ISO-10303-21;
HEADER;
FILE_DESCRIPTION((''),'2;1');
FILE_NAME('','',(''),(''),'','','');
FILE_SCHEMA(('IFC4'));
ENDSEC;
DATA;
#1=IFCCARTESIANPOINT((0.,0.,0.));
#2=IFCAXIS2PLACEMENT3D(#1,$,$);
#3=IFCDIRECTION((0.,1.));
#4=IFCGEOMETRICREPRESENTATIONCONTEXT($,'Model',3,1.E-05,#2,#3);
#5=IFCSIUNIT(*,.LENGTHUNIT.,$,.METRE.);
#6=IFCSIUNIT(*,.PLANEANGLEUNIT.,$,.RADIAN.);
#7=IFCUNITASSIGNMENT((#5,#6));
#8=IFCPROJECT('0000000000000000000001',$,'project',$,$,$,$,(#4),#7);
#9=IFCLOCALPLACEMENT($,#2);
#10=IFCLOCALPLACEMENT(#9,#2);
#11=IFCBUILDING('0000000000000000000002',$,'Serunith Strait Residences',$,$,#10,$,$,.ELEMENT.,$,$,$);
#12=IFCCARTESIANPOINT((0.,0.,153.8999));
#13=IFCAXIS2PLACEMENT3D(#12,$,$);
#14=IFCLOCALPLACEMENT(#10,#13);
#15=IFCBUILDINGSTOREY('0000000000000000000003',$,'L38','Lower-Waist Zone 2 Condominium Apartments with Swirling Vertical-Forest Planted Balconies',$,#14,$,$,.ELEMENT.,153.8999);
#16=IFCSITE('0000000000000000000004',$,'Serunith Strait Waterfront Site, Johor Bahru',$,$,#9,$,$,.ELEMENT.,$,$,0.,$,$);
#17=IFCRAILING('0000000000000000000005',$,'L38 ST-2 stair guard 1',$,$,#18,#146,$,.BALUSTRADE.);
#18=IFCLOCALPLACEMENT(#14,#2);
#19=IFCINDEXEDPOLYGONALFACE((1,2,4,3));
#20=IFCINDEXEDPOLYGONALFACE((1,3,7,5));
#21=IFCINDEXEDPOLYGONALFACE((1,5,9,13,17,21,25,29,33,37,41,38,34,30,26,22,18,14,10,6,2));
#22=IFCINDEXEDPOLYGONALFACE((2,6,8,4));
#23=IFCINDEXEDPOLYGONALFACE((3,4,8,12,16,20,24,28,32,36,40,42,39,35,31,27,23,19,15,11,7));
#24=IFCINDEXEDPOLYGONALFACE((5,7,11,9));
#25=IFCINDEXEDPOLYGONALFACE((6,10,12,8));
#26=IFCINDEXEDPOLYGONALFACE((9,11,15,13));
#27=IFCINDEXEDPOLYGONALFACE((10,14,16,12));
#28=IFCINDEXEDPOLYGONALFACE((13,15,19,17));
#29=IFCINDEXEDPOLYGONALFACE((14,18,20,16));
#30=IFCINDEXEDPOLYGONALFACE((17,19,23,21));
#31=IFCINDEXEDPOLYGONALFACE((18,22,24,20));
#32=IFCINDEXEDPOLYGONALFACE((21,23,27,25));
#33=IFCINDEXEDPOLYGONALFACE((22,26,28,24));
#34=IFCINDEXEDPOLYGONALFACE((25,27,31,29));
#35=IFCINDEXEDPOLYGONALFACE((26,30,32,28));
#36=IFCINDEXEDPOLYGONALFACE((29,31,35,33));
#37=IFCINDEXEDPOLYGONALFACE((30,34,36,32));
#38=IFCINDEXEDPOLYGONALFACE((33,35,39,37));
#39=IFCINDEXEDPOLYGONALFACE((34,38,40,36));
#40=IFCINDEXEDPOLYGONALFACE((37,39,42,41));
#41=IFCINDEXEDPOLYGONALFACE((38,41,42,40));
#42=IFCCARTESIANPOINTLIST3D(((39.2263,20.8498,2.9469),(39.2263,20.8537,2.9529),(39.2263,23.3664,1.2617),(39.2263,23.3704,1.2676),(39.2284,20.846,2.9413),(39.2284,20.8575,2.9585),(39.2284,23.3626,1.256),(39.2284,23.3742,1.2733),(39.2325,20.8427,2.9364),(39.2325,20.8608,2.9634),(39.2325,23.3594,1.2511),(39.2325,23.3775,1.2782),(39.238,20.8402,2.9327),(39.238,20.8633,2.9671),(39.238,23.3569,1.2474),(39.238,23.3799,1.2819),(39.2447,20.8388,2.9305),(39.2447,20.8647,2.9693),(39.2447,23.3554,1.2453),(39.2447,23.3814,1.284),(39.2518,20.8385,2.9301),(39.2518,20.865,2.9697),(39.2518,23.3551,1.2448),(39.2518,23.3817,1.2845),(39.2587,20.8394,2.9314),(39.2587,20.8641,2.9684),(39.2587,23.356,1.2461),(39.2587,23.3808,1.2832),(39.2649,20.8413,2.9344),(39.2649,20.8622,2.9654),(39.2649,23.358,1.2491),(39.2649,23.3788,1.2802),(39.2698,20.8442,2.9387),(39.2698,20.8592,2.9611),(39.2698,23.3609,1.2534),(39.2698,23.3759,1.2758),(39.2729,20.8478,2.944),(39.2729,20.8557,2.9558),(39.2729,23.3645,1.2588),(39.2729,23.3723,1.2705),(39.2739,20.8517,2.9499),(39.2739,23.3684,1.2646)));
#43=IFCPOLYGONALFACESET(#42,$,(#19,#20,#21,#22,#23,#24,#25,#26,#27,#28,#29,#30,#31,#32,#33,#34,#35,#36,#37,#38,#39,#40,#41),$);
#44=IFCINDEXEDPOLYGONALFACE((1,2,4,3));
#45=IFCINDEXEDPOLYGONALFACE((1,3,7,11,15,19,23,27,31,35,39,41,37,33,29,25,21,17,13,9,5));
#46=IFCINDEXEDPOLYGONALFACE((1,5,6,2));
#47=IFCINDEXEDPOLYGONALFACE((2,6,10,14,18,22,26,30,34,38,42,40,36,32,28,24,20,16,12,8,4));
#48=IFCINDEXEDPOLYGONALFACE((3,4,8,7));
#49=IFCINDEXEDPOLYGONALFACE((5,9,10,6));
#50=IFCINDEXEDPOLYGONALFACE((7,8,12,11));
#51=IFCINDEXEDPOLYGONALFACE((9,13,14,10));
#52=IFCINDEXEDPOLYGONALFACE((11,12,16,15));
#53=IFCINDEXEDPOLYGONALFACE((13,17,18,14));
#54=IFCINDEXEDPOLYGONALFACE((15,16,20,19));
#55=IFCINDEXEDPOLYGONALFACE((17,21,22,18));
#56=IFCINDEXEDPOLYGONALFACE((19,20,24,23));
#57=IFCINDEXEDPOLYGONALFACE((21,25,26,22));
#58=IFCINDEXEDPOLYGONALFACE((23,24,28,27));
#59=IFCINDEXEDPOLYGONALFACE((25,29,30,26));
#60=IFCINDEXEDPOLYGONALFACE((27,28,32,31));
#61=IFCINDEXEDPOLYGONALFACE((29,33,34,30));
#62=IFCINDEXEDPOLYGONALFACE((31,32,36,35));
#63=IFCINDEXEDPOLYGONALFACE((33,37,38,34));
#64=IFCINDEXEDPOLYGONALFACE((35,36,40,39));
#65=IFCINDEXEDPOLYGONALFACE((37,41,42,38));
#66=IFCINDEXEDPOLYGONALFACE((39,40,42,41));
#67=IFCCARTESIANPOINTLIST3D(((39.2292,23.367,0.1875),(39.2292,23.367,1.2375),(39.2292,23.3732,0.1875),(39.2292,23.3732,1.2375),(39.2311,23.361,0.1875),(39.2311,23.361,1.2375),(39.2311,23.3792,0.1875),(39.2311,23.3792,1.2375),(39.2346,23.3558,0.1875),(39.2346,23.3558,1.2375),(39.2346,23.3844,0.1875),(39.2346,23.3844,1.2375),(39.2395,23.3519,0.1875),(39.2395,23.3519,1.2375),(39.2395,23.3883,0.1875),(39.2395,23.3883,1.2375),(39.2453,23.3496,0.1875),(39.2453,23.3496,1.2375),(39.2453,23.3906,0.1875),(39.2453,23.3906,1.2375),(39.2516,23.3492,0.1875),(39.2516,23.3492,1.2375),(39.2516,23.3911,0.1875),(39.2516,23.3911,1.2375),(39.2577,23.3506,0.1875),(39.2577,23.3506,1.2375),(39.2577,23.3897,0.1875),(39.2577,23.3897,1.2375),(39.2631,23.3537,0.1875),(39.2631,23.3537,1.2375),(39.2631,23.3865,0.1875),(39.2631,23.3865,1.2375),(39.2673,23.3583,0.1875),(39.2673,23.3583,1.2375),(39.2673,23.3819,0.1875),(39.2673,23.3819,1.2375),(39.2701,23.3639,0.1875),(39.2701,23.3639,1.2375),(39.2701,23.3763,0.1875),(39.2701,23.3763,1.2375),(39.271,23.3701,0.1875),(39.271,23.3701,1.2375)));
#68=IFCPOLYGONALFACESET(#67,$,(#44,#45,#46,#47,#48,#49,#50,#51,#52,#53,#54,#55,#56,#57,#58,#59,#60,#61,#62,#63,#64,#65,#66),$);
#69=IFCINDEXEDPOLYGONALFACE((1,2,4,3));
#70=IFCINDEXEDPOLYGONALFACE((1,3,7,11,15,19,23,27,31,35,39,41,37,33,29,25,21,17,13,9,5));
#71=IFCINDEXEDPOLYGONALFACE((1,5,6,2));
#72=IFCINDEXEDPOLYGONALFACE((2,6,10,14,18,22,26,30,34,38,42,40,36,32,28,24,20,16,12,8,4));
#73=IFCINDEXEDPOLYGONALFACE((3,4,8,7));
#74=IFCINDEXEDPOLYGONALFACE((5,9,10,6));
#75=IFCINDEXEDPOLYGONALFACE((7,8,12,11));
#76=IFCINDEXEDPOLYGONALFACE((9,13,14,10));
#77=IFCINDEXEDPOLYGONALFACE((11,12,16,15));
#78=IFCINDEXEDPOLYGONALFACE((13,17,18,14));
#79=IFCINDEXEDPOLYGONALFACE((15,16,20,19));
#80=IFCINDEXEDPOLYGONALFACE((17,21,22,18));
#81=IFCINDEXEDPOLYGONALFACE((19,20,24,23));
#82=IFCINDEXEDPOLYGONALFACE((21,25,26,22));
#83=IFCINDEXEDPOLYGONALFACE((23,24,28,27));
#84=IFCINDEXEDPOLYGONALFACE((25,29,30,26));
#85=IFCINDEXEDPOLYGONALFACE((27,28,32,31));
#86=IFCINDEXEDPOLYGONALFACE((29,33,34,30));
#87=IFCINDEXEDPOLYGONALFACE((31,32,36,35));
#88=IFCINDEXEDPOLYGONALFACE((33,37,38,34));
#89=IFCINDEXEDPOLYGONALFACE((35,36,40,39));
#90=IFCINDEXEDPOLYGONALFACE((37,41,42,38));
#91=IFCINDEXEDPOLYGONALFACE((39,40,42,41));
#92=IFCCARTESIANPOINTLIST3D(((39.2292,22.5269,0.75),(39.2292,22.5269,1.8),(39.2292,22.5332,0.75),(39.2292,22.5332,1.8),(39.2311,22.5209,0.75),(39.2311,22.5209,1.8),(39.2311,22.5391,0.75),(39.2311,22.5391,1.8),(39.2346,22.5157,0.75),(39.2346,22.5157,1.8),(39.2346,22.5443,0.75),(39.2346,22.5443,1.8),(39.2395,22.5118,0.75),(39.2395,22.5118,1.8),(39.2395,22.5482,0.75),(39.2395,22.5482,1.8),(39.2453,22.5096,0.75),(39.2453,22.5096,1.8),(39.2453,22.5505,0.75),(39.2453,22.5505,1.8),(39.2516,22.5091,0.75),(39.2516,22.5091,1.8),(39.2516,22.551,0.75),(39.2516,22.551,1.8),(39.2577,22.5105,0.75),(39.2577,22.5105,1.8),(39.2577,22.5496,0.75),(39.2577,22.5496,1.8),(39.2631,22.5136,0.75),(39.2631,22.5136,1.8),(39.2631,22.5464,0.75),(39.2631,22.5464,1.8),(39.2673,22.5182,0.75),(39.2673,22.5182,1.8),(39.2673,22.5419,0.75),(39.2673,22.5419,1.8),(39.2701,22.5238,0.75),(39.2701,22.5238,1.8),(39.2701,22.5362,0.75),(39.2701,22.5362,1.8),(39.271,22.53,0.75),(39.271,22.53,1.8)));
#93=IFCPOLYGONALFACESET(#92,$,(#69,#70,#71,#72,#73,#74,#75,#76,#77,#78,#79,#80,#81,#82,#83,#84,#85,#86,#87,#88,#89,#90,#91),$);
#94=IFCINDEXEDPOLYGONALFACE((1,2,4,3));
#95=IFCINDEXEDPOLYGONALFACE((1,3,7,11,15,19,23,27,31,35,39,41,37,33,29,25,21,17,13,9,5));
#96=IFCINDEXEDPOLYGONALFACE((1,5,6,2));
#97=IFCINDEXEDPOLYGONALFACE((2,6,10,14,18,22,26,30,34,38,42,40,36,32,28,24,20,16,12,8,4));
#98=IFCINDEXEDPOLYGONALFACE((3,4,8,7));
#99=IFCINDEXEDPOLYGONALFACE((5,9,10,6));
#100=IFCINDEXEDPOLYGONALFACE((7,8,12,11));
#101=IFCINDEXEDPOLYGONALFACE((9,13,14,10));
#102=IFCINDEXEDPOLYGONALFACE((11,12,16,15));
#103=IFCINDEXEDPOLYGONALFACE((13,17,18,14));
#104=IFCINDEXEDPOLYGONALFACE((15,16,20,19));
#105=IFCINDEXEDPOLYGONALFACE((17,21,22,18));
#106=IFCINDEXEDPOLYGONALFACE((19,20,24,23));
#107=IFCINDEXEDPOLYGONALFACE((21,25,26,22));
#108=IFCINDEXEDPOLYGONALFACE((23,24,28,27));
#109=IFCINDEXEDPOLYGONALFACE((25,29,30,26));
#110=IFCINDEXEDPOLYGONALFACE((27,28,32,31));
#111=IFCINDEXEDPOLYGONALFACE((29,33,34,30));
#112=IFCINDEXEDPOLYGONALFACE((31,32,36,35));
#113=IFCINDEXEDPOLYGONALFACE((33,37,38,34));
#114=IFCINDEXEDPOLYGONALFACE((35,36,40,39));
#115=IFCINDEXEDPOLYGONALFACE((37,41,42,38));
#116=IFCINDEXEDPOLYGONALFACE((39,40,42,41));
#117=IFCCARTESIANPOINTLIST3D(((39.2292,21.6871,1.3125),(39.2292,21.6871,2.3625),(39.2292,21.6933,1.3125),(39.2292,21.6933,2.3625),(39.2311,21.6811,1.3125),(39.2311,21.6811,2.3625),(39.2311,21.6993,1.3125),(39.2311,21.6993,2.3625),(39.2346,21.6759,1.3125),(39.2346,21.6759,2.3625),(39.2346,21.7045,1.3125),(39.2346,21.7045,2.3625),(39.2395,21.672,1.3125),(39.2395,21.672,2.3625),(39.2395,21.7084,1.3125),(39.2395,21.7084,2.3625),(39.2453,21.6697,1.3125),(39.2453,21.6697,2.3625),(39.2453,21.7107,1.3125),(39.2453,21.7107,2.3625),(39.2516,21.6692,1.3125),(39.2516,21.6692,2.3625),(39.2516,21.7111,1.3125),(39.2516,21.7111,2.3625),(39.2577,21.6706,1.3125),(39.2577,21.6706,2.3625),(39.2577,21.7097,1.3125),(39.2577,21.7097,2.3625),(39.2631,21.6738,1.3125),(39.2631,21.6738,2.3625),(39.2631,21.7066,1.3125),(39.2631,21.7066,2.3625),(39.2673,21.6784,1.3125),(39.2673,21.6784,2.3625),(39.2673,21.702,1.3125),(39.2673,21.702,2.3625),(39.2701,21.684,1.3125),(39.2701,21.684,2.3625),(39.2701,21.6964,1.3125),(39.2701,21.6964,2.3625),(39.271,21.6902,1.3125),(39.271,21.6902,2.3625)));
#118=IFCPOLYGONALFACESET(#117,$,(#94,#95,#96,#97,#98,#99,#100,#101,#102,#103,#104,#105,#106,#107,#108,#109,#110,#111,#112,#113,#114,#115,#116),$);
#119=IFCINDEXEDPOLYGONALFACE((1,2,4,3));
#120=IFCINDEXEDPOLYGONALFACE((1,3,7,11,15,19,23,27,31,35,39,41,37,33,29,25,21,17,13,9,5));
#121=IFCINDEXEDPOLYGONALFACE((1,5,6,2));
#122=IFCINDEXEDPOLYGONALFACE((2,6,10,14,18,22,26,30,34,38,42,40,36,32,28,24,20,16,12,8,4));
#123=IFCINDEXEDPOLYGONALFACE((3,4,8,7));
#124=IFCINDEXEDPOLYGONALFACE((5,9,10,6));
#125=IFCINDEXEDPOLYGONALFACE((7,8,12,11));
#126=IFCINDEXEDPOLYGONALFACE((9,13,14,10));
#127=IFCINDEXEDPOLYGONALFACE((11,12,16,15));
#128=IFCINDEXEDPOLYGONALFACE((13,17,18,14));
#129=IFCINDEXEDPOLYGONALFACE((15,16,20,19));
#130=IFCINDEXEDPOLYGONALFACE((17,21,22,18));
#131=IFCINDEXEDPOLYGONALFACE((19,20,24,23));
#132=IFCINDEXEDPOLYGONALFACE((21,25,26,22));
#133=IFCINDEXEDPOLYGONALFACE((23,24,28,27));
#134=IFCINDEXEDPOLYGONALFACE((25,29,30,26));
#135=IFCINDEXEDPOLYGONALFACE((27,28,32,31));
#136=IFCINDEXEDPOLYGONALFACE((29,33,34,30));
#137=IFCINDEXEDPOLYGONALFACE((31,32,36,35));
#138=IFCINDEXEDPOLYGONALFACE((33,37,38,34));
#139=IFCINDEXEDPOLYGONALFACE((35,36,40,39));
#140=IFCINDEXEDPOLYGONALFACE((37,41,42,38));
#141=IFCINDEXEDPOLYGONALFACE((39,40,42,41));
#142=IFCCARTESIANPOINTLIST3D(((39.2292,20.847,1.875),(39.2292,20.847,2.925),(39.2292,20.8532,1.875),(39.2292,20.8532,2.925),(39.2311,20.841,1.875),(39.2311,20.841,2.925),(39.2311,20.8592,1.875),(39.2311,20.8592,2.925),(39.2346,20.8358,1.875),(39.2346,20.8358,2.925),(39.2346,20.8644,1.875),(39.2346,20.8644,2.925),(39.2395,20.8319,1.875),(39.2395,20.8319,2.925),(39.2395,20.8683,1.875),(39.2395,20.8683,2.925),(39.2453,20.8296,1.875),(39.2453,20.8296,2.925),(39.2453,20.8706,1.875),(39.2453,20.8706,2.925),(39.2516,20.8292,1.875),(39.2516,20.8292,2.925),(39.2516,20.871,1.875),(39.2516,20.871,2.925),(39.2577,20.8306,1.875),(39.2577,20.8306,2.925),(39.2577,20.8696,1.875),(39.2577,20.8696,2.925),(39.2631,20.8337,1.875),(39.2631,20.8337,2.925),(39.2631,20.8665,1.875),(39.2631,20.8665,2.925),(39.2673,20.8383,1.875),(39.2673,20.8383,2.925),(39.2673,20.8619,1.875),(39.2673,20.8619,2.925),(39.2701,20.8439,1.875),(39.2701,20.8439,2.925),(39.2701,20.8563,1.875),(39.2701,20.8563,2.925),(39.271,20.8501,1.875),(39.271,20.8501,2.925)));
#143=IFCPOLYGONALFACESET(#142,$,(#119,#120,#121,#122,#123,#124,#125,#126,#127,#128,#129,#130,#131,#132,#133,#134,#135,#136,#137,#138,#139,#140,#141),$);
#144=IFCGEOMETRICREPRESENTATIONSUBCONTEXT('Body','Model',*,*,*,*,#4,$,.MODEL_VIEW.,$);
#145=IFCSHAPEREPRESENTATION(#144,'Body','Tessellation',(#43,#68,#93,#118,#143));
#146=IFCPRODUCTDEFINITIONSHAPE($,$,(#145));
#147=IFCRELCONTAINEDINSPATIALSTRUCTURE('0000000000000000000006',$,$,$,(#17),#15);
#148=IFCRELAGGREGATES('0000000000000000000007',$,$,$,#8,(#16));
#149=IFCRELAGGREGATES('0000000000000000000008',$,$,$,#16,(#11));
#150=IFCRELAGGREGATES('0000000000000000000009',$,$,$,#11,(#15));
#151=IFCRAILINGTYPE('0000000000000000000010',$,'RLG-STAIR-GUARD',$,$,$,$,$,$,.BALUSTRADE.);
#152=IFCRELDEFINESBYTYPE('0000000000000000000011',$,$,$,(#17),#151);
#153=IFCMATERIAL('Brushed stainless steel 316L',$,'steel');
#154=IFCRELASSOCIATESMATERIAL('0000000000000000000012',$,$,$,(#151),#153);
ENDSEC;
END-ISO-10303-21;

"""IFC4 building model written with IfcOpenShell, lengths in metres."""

from ifc_helpers import new_model, si_unit, direction, frame, origin, origin_2d, place, context, subcontext, project, spatial, circle, extrude, material, type_object, element, save


model = new_model("IFC4")

# Units and contexts
model_context = context("Model", 3, precision=1e-05, world=origin(), true_north=direction((0.0, 1.0)))
body_context = subcontext(model_context, "Body", "Model", "MODEL_VIEW")
ifc_project = project(units=[si_unit("LENGTHUNIT", "METRE"), si_unit("PLANEANGLEUNIT", "RADIAN")], contexts=[model_context])

# Site, building, storey
site_placement = place(None, origin())
site = spatial("IfcSite", under=ifc_project, at=site_placement, Name="Serunith Strait Waterfront Site, Johor Bahru", CompositionType="ELEMENT", RefElevation=0.0)
building_placement = place(site_placement, origin())
building = spatial("IfcBuilding", under=site, at=building_placement, Name="Serunith Strait Residences", CompositionType="ELEMENT")
storey_placement = place(building_placement, frame((0.0, 0.0, 153.8999)))
storey = spatial("IfcBuildingStorey", under=building, at=storey_placement, Name="L38", Description="Lower-Waist Zone 2 Condominium Apartments with Swirling Vertical-Forest Planted Balconies", CompositionType="ELEMENT", Elevation=153.8999)

# Railing
ifc_material_1 = material(Name="Brushed stainless steel 316L", Category="steel")
railing_type_1 = type_object("IfcRailingType", Name="RLG-STAIR-GUARD", PredefinedType="BALUSTRADE", material=ifc_material_1)
railing_1_placement = place(storey_placement, frame((39.25, 23.3701, 0.1875)))
element("IfcRailing", 1, at=railing_1_placement, inside=storey, type_object=railing_type_1, Name="L38 ST-2 stair guard 1", PredefinedType="BALUSTRADE", context=body_context, shape_type="SweptSolid", body=[
    extrude(circle(Radius=0.0239, at=origin_2d()), frame((0.0, -0.0017, 1.0771), z_axis=(0.0, -0.830909, 0.556408), x_axis=(1.0, 0.0, 0.0)), (0.0, 0.0, 1.0), 3.0288),
    extrude(circle(Radius=0.021, at=origin_2d()), origin(), (0.0, 0.0, 1.0), 1.05),
    extrude(circle(Radius=0.021, at=origin_2d()), frame((0.0, -0.8401, 0.5625)), (0.0, 0.0, 1.0), 1.05),
    extrude(circle(Radius=0.021, at=origin_2d()), frame((0.0, -1.6799, 1.125)), (0.0, 0.0, 1.0), 1.05),
    extrude(circle(Radius=0.021, at=origin_2d()), frame((0.0, -2.52, 1.6875)), (0.0, 0.0, 1.0), 1.05),
])

save(model, "model.ifc")
